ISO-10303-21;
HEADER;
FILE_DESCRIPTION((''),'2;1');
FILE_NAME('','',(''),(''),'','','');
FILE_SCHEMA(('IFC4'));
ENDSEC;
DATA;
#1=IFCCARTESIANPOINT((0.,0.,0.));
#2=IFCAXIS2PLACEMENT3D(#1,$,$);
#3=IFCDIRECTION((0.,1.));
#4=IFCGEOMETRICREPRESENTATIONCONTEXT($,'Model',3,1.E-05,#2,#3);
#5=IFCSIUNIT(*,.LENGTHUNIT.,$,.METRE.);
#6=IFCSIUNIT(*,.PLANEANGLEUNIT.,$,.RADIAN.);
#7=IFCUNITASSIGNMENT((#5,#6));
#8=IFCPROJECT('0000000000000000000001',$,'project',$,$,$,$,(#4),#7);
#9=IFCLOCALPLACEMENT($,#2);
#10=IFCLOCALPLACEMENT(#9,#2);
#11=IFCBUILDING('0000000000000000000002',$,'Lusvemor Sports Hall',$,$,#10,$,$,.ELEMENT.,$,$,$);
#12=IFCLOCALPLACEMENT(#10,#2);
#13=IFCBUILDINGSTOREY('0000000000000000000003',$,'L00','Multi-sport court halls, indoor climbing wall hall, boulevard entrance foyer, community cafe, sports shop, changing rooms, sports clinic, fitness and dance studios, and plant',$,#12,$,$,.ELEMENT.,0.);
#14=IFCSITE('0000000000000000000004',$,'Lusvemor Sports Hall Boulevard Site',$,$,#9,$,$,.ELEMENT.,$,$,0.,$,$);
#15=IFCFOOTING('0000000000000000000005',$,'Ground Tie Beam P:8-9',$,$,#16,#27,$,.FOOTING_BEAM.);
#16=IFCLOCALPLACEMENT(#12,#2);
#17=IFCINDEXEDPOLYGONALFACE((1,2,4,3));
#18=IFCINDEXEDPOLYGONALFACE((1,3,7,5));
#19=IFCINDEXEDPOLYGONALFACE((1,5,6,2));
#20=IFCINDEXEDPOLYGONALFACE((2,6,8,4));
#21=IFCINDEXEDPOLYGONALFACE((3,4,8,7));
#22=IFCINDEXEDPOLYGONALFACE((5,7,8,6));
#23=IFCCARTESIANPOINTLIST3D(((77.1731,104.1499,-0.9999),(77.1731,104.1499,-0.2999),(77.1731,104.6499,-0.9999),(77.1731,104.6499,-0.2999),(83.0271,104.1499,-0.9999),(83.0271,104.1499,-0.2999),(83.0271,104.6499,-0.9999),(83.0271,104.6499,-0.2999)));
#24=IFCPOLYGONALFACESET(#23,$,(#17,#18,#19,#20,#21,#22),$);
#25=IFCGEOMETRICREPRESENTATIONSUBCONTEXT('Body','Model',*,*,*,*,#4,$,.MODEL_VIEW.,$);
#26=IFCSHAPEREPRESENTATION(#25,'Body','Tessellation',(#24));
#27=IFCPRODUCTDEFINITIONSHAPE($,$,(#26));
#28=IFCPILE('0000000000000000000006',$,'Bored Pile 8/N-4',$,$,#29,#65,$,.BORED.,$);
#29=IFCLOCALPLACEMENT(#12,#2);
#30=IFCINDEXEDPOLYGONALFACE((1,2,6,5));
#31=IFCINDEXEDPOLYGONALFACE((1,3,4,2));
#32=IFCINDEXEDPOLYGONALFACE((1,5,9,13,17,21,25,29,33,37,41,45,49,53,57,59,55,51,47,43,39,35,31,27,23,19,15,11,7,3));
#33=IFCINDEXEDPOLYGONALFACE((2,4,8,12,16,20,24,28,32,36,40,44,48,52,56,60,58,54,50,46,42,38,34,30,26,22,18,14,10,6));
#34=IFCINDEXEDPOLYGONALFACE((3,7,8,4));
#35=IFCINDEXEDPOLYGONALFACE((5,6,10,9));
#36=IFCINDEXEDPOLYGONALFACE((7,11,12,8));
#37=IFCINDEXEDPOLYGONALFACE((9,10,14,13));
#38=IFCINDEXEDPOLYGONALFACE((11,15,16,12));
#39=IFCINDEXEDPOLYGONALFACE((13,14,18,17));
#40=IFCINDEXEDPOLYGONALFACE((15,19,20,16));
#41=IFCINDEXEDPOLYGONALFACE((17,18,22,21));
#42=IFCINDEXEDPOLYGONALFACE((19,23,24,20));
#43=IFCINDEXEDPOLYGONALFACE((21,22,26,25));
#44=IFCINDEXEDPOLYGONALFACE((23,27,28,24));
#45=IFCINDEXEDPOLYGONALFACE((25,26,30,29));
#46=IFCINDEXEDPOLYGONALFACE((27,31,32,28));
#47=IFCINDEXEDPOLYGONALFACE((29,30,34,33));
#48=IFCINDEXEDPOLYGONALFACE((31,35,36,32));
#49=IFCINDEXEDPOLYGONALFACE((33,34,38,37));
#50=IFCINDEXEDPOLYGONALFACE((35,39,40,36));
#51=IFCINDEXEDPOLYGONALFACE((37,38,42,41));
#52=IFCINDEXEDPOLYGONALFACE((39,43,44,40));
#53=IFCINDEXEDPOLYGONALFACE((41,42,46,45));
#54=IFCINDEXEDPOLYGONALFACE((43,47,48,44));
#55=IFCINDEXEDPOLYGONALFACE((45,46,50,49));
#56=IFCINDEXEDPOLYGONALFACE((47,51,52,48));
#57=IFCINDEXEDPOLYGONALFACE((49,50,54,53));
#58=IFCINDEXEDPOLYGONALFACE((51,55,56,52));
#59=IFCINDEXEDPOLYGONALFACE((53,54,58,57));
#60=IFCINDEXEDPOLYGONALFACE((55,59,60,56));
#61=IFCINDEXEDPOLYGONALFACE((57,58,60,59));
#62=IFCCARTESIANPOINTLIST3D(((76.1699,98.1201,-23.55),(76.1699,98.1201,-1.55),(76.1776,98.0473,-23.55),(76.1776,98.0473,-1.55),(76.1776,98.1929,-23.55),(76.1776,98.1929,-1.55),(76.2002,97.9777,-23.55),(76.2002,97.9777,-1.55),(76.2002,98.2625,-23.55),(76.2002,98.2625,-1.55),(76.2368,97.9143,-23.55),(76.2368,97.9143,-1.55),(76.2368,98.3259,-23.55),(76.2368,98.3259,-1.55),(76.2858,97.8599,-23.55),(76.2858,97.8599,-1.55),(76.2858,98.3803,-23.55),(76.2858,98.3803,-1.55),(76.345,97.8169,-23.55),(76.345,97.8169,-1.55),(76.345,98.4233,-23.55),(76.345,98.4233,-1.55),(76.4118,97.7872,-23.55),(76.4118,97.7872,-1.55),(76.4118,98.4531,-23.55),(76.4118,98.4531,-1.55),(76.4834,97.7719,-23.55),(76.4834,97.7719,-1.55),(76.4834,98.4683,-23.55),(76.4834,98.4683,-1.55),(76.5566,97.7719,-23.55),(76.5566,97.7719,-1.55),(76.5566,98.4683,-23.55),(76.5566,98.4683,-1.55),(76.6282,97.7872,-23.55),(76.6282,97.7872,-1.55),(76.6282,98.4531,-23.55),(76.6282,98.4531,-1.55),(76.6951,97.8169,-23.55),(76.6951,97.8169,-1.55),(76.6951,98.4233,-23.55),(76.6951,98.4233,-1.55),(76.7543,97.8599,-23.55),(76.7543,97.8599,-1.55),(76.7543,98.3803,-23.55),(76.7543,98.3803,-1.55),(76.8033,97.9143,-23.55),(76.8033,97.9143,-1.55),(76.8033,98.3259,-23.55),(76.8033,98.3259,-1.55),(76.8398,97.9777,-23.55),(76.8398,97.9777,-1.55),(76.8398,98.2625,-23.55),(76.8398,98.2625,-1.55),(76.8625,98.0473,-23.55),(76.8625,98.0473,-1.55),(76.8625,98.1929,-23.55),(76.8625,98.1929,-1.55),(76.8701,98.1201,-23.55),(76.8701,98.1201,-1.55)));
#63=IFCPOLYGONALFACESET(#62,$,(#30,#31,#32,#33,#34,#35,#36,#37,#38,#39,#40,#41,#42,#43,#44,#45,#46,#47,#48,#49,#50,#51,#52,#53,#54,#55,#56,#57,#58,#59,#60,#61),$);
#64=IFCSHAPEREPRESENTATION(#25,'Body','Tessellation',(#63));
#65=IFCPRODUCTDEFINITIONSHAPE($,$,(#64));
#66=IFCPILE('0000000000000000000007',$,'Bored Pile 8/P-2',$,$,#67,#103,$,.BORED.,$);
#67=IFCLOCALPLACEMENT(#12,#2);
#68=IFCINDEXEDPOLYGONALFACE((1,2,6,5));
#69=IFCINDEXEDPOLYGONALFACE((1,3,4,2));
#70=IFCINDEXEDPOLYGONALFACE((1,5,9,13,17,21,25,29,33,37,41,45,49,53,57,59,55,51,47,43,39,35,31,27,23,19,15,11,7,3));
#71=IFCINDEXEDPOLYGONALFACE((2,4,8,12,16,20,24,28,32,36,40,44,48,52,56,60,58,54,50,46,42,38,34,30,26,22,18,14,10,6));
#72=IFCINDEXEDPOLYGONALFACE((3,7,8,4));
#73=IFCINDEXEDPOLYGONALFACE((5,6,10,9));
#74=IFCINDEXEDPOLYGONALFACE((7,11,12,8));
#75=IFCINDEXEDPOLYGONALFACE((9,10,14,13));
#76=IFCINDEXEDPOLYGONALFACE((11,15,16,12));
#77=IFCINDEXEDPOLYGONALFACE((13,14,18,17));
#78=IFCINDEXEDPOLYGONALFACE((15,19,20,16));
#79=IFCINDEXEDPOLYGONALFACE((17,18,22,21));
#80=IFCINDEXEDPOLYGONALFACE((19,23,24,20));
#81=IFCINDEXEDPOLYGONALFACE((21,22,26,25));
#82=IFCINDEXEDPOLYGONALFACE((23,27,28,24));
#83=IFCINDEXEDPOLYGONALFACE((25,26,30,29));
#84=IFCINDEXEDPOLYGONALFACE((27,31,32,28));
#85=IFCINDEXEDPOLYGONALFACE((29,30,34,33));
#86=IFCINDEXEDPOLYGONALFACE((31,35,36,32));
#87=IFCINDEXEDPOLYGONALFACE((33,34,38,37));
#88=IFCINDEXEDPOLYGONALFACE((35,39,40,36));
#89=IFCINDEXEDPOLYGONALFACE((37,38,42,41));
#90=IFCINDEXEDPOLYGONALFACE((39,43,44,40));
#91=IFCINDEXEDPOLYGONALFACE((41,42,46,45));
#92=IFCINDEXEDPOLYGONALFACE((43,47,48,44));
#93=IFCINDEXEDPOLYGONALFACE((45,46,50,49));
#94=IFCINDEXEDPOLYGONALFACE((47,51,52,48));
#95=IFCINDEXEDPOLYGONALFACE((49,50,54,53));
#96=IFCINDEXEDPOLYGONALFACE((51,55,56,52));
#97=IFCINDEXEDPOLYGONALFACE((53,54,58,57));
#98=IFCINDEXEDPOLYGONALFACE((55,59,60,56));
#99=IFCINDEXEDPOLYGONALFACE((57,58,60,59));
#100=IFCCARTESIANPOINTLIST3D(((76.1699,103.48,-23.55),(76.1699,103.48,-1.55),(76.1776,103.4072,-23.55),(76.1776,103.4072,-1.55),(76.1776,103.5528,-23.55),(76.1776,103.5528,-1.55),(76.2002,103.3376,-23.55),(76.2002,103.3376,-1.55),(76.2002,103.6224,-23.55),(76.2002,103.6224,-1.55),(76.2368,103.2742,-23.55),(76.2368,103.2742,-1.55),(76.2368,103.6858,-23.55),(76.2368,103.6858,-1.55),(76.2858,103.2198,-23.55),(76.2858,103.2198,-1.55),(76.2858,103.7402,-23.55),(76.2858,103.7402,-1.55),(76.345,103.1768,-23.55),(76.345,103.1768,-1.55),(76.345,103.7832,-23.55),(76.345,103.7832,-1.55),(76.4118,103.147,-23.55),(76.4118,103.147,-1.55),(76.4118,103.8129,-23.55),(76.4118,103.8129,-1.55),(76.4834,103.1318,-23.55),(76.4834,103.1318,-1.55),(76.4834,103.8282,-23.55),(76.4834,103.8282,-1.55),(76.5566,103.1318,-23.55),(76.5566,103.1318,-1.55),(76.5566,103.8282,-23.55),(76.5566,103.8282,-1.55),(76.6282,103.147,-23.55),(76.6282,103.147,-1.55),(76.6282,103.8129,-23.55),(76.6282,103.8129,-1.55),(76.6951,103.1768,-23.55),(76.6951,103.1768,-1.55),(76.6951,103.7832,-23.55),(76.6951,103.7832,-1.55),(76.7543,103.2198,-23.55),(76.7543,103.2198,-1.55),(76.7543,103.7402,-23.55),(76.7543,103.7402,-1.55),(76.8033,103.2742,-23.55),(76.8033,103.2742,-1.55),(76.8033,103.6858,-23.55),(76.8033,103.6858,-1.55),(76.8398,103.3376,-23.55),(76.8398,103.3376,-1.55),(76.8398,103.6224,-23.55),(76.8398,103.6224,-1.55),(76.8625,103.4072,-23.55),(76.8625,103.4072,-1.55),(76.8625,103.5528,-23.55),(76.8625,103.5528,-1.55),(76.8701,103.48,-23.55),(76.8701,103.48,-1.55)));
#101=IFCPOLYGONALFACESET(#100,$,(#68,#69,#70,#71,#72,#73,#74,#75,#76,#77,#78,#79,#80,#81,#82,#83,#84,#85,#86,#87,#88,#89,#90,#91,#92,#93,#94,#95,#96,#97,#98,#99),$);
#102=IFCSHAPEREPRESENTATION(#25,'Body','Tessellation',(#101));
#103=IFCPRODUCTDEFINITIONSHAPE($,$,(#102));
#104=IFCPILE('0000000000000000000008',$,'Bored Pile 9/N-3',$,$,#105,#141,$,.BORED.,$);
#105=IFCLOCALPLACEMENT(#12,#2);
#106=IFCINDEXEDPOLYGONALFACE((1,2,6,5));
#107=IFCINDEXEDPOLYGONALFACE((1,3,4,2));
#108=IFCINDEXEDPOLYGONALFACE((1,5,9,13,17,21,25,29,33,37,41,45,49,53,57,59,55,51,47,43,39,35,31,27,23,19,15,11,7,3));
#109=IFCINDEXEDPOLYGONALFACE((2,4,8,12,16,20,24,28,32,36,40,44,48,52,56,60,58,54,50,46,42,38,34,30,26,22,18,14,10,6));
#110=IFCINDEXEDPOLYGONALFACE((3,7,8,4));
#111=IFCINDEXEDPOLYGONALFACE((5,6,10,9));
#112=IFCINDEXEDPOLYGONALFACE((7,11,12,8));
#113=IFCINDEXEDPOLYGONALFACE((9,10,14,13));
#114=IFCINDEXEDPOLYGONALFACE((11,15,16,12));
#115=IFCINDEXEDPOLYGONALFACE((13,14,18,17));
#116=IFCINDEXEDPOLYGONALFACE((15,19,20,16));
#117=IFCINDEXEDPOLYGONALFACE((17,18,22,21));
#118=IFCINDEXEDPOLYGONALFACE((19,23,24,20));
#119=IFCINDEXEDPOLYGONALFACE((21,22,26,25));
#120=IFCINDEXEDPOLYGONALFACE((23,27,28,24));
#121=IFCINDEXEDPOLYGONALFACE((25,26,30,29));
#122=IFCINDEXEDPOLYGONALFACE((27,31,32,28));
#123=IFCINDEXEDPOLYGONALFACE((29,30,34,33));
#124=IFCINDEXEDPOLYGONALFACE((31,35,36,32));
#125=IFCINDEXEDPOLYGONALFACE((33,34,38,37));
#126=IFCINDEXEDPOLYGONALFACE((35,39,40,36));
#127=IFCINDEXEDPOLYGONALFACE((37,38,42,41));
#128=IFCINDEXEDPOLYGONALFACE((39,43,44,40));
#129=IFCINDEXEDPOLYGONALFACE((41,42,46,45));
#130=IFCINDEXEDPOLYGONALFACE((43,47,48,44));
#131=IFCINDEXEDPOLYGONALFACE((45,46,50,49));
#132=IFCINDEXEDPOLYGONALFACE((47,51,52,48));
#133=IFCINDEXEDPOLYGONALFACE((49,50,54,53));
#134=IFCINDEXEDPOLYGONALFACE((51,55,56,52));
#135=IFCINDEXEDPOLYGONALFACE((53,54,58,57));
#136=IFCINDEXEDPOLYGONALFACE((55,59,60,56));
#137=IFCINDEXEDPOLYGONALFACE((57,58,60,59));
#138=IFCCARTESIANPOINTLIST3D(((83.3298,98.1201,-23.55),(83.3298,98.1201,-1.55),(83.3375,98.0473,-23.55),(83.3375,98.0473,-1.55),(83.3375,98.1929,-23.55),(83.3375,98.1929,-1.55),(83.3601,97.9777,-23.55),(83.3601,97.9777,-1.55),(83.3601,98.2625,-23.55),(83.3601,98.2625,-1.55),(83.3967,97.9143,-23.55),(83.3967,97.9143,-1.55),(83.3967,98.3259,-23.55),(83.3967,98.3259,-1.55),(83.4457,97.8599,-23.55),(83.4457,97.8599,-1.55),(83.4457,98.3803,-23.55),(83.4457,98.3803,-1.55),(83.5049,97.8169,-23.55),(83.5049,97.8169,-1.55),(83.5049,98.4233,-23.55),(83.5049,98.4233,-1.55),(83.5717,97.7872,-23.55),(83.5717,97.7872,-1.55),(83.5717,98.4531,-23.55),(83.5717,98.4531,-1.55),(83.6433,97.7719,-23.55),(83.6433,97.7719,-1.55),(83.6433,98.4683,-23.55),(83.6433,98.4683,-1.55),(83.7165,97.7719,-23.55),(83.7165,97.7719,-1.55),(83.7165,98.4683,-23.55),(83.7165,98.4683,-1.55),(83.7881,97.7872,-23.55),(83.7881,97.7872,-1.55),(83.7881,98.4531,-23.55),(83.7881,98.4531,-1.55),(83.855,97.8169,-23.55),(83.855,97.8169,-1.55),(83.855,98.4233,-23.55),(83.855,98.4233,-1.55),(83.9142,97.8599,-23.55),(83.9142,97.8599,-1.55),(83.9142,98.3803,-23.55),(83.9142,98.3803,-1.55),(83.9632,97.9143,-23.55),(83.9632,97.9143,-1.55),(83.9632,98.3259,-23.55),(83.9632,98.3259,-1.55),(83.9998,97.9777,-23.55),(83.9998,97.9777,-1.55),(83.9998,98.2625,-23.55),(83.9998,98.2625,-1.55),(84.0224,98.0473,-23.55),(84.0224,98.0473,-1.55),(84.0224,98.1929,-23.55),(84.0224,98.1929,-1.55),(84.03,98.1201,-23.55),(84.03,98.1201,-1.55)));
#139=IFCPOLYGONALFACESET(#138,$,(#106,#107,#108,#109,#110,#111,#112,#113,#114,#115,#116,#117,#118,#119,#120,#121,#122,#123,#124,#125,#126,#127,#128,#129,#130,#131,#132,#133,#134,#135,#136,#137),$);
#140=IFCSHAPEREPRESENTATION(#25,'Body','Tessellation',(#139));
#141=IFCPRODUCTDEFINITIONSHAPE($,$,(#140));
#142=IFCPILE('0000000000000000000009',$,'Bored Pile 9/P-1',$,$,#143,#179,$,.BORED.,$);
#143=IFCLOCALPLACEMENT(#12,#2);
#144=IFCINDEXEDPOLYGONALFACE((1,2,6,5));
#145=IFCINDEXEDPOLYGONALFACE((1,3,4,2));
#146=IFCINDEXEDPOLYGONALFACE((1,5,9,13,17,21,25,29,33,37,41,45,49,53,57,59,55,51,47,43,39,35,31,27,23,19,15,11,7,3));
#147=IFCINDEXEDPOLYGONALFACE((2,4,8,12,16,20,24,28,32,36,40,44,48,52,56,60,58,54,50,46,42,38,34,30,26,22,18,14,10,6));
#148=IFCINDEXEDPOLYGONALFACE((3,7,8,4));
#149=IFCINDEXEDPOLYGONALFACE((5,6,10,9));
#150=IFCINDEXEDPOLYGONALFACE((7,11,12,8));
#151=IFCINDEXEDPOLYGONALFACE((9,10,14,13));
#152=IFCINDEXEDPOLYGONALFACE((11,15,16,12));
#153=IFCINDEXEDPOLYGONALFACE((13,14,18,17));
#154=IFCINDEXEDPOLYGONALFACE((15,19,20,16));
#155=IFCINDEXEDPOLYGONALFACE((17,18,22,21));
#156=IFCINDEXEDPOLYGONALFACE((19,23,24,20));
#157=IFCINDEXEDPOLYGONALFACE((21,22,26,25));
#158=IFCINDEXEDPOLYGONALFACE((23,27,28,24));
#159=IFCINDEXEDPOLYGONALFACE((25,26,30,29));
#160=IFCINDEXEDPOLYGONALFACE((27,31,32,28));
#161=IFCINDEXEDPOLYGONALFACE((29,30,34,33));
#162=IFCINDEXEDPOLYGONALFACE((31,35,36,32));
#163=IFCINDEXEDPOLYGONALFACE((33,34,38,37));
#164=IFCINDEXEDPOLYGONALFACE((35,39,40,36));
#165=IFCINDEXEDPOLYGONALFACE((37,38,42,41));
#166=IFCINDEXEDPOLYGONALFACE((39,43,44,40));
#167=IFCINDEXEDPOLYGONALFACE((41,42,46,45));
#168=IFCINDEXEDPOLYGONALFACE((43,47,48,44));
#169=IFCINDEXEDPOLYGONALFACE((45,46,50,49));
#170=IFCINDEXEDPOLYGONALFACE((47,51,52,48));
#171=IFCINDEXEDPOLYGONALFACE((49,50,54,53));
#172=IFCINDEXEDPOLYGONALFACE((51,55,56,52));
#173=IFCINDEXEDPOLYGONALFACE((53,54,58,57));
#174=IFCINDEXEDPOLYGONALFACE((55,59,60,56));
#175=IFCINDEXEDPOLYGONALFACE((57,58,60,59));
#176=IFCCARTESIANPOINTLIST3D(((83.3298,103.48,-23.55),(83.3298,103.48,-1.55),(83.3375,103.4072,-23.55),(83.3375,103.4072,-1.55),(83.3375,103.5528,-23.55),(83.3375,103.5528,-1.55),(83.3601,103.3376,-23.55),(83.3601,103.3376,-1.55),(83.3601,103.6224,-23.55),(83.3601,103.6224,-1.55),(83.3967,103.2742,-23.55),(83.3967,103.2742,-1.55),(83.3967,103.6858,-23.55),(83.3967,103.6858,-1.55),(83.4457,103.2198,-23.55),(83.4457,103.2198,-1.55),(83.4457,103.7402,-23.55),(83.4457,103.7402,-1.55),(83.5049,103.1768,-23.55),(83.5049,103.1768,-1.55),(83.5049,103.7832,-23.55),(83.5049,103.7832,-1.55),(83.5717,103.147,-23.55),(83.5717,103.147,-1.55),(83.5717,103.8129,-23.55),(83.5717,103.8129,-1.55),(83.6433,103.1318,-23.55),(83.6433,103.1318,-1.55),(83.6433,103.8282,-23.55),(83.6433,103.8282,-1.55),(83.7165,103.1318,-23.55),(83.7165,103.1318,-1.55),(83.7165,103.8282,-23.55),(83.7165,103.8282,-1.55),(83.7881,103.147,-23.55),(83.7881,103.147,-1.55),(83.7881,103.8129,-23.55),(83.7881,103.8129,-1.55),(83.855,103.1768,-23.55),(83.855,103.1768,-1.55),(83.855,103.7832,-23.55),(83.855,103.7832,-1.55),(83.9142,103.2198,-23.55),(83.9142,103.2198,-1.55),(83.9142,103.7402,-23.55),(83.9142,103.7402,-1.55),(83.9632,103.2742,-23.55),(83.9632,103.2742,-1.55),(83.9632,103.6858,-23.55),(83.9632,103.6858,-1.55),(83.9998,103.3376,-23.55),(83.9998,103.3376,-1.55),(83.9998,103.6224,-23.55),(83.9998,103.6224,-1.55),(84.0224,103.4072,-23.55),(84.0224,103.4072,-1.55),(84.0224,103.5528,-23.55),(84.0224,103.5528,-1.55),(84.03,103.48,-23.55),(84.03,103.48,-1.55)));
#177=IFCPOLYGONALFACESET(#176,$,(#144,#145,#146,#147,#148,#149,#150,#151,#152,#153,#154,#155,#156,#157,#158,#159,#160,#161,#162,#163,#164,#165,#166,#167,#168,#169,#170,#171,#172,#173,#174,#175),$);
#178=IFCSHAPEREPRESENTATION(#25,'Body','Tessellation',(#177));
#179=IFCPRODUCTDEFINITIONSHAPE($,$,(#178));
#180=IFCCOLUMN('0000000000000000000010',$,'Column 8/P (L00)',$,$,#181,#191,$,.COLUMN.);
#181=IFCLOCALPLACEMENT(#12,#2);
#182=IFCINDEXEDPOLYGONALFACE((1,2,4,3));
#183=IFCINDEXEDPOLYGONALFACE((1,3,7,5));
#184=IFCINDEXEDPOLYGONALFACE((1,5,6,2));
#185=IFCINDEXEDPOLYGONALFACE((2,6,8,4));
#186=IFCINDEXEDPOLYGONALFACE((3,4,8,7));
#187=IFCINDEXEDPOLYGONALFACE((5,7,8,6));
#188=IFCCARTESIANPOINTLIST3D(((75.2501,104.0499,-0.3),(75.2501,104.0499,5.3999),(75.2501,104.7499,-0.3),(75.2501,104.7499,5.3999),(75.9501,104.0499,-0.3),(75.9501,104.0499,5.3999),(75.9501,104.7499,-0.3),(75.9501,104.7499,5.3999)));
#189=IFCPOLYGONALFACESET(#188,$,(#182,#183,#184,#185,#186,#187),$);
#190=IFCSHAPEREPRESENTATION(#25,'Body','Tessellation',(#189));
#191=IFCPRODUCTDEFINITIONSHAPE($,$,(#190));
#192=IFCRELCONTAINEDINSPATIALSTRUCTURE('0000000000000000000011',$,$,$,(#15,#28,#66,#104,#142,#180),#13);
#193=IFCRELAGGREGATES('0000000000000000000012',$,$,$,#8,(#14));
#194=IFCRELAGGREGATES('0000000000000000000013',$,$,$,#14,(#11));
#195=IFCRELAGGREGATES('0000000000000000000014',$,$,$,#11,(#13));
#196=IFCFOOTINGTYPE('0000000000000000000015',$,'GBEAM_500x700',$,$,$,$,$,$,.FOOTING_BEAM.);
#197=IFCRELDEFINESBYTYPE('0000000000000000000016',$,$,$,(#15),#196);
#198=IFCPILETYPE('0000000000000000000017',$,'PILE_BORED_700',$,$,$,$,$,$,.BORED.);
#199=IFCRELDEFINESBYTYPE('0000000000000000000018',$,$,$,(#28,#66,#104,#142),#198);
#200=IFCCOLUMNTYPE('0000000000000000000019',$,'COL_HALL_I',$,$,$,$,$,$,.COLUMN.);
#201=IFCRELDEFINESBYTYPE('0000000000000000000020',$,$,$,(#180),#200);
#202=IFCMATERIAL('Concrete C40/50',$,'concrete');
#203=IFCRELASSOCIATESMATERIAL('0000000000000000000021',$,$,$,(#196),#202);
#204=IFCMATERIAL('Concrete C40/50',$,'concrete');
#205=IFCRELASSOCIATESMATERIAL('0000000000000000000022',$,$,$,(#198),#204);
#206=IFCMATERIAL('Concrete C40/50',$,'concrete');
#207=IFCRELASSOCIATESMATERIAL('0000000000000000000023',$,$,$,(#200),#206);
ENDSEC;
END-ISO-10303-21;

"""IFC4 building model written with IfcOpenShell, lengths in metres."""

from ifc_helpers import new_model, si_unit, direction, frame, origin, origin_2d, place, context, subcontext, project, spatial, rectangle, circle, extrude, material, material_profile, profile_set, type_object, element, save


model = new_model("IFC4")

# Units and contexts
model_context = context("Model", 3, precision=1e-05, world=origin(), true_north=direction((0.0, 1.0)))
body_context = subcontext(model_context, "Body", "Model", "MODEL_VIEW")
ifc_project = project(units=[si_unit("LENGTHUNIT", "METRE"), si_unit("PLANEANGLEUNIT", "RADIAN")], contexts=[model_context])

# Site, building, storey
site_placement = place(None, origin())
site = spatial("IfcSite", under=ifc_project, at=site_placement, Name="Lusvemor Sports Hall Boulevard Site", CompositionType="ELEMENT", RefElevation=0.0)
building_placement = place(site_placement, origin())
building = spatial("IfcBuilding", under=site, at=building_placement, Name="Lusvemor Sports Hall", CompositionType="ELEMENT")
storey_placement = place(building_placement, origin())
storey = spatial("IfcBuildingStorey", under=building, at=storey_placement, Name="L00", Description="Multi-sport court halls, indoor climbing wall hall, boulevard entrance foyer, community cafe, sports shop, changing rooms, sports clinic, fitness and dance studios, and plant", CompositionType="ELEMENT", Elevation=0.0)

# Footing
ifc_material_1 = material(Name="Concrete C40/50", Category="concrete")
ifc_material_profile_1 = material_profile(ifc_material_1, rectangle(XDim=0.5, YDim=0.7, at=origin_2d()), Name="GB_500x700")
ifc_profile_set_1 = profile_set([ifc_material_profile_1], Name="Concrete C40/50")
footing_type = type_object("IfcFootingType", Name="GBEAM_500x700", PredefinedType="FOOTING_BEAM", material=ifc_profile_set_1)
footing_placement = place(storey_placement, frame((77.1731, 104.3999, -0.6499), z_axis=(1.0, 0.0, 0.0), x_axis=(0.0, 1.0, 0.0)))
element("IfcFooting", 1, at=footing_placement, inside=storey, type_object=footing_type, Name="Ground Tie Beam P:8-9", PredefinedType="FOOTING_BEAM", context=body_context, shape_type="SweptSolid", body=[
    extrude(rectangle(XDim=0.5, YDim=0.7, at=origin_2d()), origin(), (0.0, 0.0, 1.0), 5.854),
])

# Piles
ifc_material_2 = material(Name="Concrete C40/50", Category="concrete")
ifc_material_profile_2 = material_profile(ifc_material_2, circle(Radius=0.3501, at=origin_2d()), Name="PILE700")
ifc_profile_set_2 = profile_set([ifc_material_profile_2], Name="Concrete C40/50")
pile_type = type_object("IfcPileType", Name="PILE_BORED_700", PredefinedType="BORED", material=ifc_profile_set_2)
for number, where, z_axis, x_axis, name in (
    (2, (76.52, 98.1201, -1.55), (0.0, 0.0, -1.0), (1.0, 0.0, 0.0), "Bored Pile 8/N-4"),
    (3, (76.52, 103.48, -1.55), (0.0, 0.0, -1.0), (1.0, 0.0, 0.0), "Bored Pile 8/P-2"),
    (4, (83.6799, 98.1201, -1.55), (0.0, 0.0, -1.0), (1.0, 0.0, 0.0), "Bored Pile 9/N-3"),
    (5, (83.6799, 103.48, -1.55), (0.0, 0.0, -1.0), (1.0, 0.0, 0.0), "Bored Pile 9/P-1"),
):
    element("IfcPile", number, at=place(storey_placement, frame(where, z_axis=z_axis, x_axis=x_axis)), inside=storey, type_object=pile_type, Name=name, PredefinedType="BORED", context=body_context, shape_type="SweptSolid", body=[
        extrude(circle(Radius=0.3501, at=origin_2d()), origin(), (0.0, 0.0, 1.0), 22.0),
    ])

# Column
ifc_material_3 = material(Name="Concrete C40/50", Category="concrete")
ifc_material_profile_3 = material_profile(ifc_material_3, rectangle(XDim=0.7, YDim=0.7, at=origin_2d()), Name="RC700x700")
ifc_profile_set_3 = profile_set([ifc_material_profile_3], Name="Concrete C40/50")
column_type = type_object("IfcColumnType", Name="COL_HALL_I", PredefinedType="COLUMN", material=ifc_profile_set_3)
column_placement = place(storey_placement, frame((75.6001, 104.3999, -0.3), z_axis=(0.0, 0.0, 1.0), x_axis=(1.0, 0.0, 0.0)))
element("IfcColumn", 6, at=column_placement, inside=storey, type_object=column_type, Name="Column 8/P (L00)", PredefinedType="COLUMN", context=body_context, shape_type="SweptSolid", body=[
    extrude(rectangle(XDim=0.7, YDim=0.7, at=origin_2d()), origin(), (0.0, 0.0, 1.0), 5.7),
])

save(model, "model.ifc")
